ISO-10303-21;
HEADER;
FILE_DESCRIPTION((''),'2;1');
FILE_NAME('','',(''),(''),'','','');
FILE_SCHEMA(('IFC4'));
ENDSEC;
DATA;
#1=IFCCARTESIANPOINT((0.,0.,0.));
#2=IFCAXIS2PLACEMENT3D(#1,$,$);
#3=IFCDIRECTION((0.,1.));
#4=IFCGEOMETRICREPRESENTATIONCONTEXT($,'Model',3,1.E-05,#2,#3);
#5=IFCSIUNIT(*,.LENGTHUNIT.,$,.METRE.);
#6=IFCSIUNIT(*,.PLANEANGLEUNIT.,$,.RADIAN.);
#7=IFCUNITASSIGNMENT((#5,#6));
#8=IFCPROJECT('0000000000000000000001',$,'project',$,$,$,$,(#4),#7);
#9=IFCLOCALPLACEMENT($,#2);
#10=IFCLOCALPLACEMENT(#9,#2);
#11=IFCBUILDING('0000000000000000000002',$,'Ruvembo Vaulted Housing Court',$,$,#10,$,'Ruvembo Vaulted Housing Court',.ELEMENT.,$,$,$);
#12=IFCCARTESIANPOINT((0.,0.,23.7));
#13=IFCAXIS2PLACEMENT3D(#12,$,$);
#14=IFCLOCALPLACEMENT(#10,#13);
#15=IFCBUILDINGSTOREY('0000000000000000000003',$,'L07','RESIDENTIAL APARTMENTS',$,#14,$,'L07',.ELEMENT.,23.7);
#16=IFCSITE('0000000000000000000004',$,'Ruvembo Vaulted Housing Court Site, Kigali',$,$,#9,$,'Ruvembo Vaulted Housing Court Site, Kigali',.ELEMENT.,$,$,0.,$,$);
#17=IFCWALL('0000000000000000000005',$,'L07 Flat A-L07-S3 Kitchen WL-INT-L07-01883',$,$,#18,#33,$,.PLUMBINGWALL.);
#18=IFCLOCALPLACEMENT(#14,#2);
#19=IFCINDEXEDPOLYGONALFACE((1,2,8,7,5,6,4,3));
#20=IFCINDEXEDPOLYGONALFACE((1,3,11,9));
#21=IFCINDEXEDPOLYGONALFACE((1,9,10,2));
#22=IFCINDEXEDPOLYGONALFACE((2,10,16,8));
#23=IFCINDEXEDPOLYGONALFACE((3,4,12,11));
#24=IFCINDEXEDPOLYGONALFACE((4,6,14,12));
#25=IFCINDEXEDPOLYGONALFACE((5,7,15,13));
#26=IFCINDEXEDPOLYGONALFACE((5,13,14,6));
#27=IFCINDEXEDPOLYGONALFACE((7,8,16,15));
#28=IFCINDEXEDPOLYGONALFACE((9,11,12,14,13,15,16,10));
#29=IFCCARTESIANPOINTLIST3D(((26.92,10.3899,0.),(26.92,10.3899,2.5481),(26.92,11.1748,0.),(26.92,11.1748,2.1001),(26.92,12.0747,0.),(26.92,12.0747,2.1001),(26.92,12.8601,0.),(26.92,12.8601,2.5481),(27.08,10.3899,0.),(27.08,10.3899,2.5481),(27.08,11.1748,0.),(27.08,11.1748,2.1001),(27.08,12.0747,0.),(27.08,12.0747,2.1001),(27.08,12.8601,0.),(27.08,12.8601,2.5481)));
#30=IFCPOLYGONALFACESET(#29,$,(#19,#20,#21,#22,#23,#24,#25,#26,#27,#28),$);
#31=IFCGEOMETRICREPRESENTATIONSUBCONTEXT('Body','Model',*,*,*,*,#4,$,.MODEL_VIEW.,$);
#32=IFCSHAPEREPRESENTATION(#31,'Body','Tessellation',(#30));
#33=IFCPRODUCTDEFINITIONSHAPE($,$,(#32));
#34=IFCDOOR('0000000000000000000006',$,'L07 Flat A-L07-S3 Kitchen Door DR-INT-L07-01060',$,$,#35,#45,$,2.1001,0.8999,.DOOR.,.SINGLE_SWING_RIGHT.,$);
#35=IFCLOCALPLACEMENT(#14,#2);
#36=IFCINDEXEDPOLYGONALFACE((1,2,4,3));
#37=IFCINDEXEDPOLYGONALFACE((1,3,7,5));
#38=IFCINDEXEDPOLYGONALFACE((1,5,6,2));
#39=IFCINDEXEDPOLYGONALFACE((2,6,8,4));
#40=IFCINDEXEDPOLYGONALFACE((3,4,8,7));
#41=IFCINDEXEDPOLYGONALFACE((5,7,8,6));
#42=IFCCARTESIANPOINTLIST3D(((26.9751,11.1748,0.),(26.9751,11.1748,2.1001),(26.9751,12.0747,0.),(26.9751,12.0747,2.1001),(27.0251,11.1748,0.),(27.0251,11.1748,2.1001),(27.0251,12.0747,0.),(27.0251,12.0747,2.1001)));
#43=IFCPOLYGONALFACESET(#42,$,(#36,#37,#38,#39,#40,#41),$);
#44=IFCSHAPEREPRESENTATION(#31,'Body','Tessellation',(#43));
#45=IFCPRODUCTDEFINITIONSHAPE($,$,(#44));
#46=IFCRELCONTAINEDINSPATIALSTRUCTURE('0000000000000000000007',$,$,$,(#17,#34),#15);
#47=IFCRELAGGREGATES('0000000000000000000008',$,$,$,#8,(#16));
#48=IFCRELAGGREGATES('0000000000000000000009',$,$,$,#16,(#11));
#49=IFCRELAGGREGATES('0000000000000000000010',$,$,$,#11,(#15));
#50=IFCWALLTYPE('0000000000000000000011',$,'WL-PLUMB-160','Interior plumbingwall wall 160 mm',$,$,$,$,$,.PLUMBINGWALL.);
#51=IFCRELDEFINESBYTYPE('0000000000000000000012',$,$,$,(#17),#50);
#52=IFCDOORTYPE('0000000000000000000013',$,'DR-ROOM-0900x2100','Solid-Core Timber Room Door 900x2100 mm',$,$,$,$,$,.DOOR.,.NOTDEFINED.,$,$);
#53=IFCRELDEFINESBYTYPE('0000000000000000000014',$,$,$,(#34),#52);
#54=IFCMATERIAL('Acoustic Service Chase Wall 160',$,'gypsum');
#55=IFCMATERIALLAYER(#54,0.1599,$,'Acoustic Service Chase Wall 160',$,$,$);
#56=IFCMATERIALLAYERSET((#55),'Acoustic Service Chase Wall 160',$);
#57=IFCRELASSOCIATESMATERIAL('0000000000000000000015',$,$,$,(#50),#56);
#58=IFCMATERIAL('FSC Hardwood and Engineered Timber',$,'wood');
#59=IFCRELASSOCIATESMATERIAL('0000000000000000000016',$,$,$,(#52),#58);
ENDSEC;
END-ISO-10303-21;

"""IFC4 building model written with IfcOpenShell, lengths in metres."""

from ifc_helpers import new_model, si_unit, direction, frame, frame_2d, origin, place, context, subcontext, project, spatial, rectangle, extrude, material, layer, layer_set, type_object, element, fill, save


model = new_model("IFC4")

# Units and contexts
model_context = context("Model", 3, precision=1e-05, world=origin(), true_north=direction((0.0, 1.0)))
body_context = subcontext(model_context, "Body", "Model", "MODEL_VIEW")
ifc_project = project(units=[si_unit("LENGTHUNIT", "METRE"), si_unit("PLANEANGLEUNIT", "RADIAN")], contexts=[model_context])

# Site, building, storey
site_placement = place(None, origin())
site = spatial("IfcSite", under=ifc_project, at=site_placement, Name="Ruvembo Vaulted Housing Court Site, Kigali", LongName="Ruvembo Vaulted Housing Court Site, Kigali", CompositionType="ELEMENT", RefElevation=0.0)
building_placement = place(site_placement, origin())
building = spatial("IfcBuilding", under=site, at=building_placement, Name="Ruvembo Vaulted Housing Court", LongName="Ruvembo Vaulted Housing Court", CompositionType="ELEMENT")
storey_placement = place(building_placement, frame((0.0, 0.0, 23.7)))
storey = spatial("IfcBuildingStorey", under=building, at=storey_placement, Name="L07", Description="RESIDENTIAL APARTMENTS", LongName="L07", CompositionType="ELEMENT", Elevation=23.7)

# Wall, opening, door
ifc_material_1 = material(Name="FSC Hardwood and Engineered Timber", Category="wood")
ifc_material_2 = material(Name="Acoustic Service Chase Wall 160", Category="gypsum")
ifc_layer_1 = layer(ifc_material_2, 0.1599, Name="Acoustic Service Chase Wall 160")
ifc_layer_set_1 = layer_set([ifc_layer_1], Name="Acoustic Service Chase Wall 160")
wall_type_1 = type_object("IfcWallType", Name="WL-PLUMB-160", Description="Interior plumbingwall wall 160 mm", PredefinedType="PLUMBINGWALL", material=ifc_layer_set_1)
wall_1_placement = place(storey_placement, frame((27.0, 10.3899, 0.0), z_axis=(0.0, 0.0, 1.0), x_axis=(0.0, 1.0, 0.0)))
wall_1 = element("IfcWall", 1, at=wall_1_placement, inside=storey, type_object=wall_type_1, Name="L07 Flat A-L07-S3 Kitchen WL-INT-L07-01883", PredefinedType="PLUMBINGWALL", context=body_context, shape_type="SweptSolid", body=[
    extrude(rectangle(XDim=2.4702, YDim=0.1599, at=frame_2d((1.2351, 0.0))), origin(), (0.0, 0.0, 1.0), 2.5481),
])
opening_1_placement = place(wall_1_placement, frame((0.7849, 0.0, 0.0)))
opening_1 = element("IfcOpeningElement", 2, at=opening_1_placement, cuts=wall_1, PredefinedType="OPENING", context=body_context, shape_type="SweptSolid", body=[
    extrude(rectangle(XDim=0.8999, YDim=2.1001, at=frame_2d((0.45, 1.05))), frame((0.0, 0.0898, 0.0), z_axis=(0.0, -1.0, 0.0), x_axis=(1.0, 0.0, 0.0)), (0.0, 0.0, 1.0), 0.1799),
])
door_type_1 = type_object("IfcDoorType", Name="DR-ROOM-0900x2100", Description="Solid-Core Timber Room Door 900x2100 mm", OperationType="NOTDEFINED", PredefinedType="DOOR", material=ifc_material_1)
door_1_placement = place(opening_1_placement, origin())
door_1 = element("IfcDoor", 3, at=door_1_placement, inside=storey, type_object=door_type_1, Name="L07 Flat A-L07-S3 Kitchen Door DR-INT-L07-01060", OperationType="SINGLE_SWING_RIGHT", OverallHeight=2.1001, OverallWidth=0.8999, PredefinedType="DOOR", context=body_context, shape_type="SweptSolid", body=[
    extrude(rectangle(XDim=0.8999, YDim=2.1001, at=frame_2d((0.45, 1.05))), frame((0.0, 0.0249, 0.0), z_axis=(0.0, -1.0, 0.0), x_axis=(1.0, 0.0, 0.0)), (0.0, 0.0, 1.0), 0.05),
])
fill(opening_1, door_1)

save(model, "model.ifc")
